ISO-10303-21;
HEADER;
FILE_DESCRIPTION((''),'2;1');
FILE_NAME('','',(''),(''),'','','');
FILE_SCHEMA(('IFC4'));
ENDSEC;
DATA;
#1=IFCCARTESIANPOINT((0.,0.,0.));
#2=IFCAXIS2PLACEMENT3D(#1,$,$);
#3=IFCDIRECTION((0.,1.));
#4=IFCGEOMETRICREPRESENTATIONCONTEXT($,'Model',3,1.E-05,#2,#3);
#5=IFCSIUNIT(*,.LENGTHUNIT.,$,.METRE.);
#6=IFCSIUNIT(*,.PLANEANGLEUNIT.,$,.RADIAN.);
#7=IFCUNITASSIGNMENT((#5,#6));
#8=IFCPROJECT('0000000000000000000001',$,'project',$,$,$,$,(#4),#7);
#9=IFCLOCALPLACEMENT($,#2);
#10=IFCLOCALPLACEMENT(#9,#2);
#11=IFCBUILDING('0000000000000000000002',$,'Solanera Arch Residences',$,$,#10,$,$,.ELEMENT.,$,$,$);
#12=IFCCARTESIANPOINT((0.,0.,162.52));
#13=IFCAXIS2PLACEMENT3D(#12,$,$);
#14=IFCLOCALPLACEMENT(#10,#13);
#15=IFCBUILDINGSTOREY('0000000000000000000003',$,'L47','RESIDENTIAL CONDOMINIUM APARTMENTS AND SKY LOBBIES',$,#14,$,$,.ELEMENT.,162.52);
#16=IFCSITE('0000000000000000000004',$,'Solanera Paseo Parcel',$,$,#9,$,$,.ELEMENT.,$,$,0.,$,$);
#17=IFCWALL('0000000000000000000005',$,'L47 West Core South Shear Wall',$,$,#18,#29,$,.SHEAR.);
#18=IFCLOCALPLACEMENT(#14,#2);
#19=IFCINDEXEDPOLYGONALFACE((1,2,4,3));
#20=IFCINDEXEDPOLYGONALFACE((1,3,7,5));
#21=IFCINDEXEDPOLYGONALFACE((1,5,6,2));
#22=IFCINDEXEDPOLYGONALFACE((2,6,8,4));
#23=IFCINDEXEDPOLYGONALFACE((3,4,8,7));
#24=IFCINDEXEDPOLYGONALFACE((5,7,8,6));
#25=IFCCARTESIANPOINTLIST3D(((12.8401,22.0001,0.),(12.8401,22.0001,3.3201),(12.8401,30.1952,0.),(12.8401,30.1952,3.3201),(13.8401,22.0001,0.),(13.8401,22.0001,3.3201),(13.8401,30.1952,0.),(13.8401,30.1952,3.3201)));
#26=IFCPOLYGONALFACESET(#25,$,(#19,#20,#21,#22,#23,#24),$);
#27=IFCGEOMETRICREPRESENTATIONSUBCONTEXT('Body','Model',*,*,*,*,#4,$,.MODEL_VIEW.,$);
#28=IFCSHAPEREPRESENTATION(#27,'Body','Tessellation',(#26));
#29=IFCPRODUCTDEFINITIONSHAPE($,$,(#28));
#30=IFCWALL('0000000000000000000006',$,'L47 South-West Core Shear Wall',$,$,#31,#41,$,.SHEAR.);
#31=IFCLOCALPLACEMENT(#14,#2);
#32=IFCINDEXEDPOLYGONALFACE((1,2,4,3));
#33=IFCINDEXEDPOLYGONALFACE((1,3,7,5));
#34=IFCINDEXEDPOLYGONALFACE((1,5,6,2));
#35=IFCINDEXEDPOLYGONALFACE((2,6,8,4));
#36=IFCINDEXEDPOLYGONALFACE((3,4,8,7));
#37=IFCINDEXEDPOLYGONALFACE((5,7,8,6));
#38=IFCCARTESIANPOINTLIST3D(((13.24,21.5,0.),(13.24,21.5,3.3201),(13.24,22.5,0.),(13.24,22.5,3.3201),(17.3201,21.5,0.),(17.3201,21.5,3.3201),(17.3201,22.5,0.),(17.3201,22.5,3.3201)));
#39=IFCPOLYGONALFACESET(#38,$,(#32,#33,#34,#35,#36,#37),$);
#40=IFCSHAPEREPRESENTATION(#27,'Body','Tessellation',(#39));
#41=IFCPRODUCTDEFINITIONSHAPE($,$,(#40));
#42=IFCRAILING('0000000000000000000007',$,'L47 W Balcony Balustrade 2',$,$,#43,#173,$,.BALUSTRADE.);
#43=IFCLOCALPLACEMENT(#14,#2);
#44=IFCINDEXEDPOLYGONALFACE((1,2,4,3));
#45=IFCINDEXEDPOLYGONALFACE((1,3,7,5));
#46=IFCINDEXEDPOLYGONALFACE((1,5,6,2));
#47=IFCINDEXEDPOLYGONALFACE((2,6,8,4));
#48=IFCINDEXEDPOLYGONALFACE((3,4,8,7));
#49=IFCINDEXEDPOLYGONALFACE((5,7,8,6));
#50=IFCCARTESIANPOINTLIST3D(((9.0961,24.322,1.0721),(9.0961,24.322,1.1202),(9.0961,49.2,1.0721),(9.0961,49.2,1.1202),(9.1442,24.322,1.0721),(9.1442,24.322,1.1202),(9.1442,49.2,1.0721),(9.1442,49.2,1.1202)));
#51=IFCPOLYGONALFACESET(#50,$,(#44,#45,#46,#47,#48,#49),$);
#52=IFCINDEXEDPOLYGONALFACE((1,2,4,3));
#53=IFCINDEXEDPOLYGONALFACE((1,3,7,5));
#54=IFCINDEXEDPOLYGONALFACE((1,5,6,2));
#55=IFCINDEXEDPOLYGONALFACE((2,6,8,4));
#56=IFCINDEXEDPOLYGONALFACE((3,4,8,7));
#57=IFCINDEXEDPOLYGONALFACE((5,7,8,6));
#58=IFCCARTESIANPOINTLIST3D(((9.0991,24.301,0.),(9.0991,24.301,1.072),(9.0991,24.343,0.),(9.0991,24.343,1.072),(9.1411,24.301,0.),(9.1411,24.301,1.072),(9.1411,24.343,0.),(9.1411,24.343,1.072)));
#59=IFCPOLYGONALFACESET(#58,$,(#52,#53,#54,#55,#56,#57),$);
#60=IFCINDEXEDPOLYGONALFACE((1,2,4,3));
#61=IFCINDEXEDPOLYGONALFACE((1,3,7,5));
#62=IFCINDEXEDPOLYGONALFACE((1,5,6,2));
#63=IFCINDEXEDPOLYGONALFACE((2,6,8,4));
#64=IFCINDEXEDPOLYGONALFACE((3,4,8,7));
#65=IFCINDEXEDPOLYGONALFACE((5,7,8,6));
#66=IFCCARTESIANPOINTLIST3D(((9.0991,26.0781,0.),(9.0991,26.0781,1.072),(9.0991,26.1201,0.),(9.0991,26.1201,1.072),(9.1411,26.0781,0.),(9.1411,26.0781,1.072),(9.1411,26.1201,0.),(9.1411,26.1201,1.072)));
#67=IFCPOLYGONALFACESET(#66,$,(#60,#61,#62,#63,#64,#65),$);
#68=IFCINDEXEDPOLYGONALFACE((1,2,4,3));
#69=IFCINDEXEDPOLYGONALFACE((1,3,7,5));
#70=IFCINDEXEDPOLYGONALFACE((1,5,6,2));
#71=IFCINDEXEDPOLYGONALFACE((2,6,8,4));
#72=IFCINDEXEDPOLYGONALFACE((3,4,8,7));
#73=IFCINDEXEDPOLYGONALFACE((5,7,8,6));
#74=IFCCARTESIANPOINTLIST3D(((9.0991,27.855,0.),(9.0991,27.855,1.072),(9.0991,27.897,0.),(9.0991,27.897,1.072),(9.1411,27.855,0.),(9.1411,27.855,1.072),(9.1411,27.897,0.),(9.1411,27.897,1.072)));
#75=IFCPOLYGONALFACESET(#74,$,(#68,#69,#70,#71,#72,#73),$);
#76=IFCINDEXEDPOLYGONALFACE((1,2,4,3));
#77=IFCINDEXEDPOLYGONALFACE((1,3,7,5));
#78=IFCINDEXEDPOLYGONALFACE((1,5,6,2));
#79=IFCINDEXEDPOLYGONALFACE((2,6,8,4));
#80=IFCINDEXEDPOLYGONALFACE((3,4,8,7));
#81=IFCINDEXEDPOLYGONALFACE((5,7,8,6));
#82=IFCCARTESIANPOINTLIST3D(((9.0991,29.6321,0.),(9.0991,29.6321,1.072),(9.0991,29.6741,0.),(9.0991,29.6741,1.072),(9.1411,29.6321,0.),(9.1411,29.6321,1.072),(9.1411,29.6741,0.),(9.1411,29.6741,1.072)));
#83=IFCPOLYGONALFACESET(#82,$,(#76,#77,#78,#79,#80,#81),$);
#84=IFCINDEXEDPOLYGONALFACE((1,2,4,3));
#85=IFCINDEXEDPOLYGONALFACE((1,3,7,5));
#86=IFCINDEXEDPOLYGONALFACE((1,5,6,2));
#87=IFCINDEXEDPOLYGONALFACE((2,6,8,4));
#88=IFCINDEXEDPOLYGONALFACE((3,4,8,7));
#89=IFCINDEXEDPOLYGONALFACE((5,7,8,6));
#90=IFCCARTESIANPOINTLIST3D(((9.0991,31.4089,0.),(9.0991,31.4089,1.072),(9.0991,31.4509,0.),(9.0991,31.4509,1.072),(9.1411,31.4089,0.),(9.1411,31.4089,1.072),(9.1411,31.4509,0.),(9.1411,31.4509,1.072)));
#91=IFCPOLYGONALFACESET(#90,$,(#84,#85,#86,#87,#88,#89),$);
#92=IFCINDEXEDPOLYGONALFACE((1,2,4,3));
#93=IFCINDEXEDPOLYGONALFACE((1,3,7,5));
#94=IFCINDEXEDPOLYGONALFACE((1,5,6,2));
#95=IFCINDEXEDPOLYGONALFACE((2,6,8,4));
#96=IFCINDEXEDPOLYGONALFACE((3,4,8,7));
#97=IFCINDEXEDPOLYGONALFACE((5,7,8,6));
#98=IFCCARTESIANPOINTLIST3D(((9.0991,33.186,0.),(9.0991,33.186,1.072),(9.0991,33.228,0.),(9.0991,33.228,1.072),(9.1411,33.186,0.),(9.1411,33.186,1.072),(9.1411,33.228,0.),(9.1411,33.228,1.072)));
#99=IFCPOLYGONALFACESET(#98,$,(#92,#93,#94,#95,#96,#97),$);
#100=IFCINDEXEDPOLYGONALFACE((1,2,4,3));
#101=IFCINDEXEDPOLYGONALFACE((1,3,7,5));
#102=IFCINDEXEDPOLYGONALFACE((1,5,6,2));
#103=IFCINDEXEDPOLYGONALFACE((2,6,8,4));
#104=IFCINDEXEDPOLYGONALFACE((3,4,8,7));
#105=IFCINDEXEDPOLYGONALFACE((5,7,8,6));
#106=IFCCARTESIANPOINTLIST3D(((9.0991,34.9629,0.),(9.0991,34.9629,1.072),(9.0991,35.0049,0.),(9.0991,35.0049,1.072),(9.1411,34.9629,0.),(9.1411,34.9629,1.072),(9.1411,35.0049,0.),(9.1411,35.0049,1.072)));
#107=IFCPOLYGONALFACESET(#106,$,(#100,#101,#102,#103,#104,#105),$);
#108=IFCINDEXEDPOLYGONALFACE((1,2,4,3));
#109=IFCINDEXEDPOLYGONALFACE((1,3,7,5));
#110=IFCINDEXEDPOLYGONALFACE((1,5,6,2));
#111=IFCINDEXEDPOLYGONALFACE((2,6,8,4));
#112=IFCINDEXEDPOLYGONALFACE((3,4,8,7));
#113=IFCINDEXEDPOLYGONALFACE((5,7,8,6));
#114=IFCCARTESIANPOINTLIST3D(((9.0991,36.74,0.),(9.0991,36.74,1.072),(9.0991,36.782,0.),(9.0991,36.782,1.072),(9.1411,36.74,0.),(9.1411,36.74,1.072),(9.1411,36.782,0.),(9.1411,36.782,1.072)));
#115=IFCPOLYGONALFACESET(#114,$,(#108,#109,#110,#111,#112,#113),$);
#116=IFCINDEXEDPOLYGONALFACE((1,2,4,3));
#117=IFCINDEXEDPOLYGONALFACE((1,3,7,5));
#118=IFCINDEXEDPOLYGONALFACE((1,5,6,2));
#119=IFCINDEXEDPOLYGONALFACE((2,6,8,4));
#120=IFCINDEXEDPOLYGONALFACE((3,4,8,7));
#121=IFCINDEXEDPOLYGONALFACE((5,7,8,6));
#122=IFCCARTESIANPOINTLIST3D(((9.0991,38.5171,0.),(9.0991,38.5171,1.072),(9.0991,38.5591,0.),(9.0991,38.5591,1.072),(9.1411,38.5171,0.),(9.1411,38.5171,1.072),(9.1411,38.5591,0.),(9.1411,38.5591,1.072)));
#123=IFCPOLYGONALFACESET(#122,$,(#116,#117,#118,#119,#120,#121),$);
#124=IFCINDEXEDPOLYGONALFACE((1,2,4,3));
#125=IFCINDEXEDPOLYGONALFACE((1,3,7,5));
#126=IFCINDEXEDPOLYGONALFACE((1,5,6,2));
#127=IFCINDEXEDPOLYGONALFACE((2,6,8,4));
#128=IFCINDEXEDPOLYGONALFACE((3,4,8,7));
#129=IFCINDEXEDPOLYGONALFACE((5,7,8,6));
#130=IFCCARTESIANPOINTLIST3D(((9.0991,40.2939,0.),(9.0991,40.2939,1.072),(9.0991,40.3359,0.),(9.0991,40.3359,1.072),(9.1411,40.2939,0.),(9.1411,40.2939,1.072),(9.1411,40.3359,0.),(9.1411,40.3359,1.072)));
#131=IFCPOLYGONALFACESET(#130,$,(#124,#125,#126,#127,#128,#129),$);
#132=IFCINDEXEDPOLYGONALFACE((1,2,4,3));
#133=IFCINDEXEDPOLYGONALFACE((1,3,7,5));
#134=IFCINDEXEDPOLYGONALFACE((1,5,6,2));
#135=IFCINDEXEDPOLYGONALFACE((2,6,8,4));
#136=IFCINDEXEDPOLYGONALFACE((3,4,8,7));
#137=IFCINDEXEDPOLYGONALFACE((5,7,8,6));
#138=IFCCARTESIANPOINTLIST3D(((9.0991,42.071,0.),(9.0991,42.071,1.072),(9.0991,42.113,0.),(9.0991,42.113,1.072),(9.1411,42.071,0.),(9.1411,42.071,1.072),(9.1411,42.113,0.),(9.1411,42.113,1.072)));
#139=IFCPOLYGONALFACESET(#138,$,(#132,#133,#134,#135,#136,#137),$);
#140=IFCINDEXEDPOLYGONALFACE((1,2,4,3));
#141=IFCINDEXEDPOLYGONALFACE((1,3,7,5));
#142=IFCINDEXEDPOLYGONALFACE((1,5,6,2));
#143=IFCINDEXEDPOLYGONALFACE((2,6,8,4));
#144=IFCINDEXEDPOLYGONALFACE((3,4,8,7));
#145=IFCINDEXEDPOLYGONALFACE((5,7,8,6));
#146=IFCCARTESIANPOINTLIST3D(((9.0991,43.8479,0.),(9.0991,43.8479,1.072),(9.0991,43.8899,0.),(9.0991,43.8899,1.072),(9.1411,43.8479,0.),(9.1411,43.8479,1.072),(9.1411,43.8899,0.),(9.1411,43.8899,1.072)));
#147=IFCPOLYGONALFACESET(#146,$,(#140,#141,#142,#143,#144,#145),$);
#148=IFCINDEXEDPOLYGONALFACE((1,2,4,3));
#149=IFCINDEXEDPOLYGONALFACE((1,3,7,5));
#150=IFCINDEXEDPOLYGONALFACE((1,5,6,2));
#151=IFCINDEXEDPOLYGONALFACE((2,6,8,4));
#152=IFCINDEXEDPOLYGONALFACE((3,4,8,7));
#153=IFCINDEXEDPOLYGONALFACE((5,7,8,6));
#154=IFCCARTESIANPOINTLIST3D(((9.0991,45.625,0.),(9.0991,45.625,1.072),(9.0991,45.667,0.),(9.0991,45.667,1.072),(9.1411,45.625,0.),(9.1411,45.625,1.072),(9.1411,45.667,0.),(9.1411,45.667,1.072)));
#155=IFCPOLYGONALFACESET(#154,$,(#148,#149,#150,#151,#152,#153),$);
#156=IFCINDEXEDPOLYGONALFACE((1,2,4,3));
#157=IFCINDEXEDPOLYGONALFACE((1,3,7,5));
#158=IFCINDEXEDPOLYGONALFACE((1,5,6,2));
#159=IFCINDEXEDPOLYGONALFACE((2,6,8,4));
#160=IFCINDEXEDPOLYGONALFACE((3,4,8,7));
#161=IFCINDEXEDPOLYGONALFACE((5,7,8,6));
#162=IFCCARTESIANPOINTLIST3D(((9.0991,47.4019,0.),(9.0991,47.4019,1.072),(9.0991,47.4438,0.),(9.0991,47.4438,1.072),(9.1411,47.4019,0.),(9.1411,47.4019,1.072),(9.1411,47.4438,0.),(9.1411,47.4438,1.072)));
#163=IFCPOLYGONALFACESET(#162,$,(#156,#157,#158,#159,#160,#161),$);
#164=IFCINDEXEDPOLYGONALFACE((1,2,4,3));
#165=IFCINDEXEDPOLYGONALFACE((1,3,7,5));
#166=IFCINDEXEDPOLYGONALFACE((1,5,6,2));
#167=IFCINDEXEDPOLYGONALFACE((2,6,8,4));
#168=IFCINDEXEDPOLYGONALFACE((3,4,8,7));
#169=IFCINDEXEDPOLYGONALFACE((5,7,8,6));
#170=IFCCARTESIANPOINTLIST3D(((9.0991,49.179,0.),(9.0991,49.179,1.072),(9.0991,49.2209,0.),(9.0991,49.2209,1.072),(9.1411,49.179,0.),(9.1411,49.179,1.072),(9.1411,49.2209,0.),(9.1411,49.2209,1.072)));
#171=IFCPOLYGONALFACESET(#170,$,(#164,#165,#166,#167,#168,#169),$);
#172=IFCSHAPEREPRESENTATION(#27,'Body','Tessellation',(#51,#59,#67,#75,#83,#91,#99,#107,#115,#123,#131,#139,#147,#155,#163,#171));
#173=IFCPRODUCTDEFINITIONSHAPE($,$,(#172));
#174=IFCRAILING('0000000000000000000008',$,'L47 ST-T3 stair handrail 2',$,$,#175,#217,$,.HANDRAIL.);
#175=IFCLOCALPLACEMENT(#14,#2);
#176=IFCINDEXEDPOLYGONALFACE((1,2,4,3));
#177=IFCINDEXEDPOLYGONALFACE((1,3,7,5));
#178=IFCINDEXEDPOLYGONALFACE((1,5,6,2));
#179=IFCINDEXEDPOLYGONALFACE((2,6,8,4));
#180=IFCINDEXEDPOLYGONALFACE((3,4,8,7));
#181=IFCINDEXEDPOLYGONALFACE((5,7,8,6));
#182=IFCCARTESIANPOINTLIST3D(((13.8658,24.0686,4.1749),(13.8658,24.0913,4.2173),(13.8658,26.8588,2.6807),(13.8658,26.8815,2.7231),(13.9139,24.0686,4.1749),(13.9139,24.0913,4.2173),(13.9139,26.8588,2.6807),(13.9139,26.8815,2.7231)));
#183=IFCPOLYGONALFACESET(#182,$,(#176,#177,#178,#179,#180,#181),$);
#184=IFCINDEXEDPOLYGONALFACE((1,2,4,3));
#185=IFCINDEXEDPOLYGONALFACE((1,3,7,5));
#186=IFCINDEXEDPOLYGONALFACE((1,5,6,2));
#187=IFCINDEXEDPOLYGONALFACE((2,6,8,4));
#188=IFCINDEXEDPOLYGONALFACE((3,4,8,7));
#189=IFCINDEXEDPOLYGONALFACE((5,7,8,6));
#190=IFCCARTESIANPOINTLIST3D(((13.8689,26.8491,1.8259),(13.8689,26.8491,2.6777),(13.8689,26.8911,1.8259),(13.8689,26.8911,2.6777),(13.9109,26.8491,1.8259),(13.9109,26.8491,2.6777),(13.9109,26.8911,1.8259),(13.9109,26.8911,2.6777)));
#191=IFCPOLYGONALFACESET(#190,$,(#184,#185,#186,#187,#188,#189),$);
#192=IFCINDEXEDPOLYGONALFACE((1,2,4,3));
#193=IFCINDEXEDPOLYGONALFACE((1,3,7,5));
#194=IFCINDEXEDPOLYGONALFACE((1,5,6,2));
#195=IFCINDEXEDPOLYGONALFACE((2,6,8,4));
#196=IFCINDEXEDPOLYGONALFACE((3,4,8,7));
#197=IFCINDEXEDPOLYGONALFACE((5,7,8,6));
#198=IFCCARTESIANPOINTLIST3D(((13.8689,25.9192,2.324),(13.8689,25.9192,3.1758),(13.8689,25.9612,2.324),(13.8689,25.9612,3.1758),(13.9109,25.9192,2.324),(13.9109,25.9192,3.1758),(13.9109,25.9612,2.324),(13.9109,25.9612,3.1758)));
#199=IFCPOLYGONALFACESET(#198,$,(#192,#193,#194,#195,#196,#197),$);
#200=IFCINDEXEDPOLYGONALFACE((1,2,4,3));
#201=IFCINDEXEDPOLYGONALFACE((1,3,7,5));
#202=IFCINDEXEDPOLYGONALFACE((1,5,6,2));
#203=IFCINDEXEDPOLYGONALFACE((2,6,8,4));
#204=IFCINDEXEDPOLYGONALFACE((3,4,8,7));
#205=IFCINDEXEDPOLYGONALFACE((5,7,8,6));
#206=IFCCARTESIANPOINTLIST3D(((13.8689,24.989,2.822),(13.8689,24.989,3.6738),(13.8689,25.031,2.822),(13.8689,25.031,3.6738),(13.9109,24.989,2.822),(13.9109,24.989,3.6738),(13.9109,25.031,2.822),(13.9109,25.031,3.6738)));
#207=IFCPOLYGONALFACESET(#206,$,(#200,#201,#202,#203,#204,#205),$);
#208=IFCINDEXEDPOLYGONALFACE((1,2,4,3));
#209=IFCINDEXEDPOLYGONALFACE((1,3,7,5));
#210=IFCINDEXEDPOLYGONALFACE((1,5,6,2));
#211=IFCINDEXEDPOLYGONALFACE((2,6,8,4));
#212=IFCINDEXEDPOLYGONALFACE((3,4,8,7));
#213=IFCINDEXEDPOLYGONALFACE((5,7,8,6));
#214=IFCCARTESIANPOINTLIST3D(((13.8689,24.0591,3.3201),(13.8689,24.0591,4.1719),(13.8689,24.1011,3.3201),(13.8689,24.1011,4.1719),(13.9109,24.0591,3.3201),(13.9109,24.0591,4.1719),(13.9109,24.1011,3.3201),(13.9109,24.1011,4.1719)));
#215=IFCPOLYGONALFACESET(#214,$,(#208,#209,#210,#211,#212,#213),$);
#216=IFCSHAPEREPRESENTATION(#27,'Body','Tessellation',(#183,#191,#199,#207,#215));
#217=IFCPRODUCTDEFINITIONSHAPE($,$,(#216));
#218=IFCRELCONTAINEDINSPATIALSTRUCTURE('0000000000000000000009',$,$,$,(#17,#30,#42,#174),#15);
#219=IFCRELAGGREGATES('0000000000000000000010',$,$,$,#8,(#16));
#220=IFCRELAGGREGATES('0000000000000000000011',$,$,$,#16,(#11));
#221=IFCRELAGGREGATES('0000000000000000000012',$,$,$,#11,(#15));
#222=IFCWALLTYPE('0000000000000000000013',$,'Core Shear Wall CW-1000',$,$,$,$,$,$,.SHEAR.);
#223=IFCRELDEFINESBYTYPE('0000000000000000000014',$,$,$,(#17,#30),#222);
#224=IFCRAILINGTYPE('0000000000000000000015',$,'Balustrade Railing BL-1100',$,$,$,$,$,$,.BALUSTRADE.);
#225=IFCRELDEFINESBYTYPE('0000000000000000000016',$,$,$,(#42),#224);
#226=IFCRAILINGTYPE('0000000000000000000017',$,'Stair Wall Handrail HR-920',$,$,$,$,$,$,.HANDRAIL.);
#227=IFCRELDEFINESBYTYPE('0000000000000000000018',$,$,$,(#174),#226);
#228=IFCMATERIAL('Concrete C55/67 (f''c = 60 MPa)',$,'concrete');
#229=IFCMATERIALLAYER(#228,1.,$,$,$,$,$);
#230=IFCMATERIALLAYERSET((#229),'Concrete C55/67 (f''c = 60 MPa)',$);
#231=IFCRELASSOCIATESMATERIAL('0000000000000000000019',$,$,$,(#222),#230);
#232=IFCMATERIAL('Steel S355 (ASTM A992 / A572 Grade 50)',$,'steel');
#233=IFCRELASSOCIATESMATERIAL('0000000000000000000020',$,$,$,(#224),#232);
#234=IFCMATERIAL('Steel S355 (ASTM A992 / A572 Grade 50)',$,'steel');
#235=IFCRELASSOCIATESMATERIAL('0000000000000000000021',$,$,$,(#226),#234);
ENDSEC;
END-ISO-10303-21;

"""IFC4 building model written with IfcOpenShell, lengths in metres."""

from ifc_helpers import new_model, si_unit, direction, frame, frame_2d, origin, origin_2d, place, context, subcontext, project, spatial, rectangle, extrude, material, layer, layer_set, type_object, element, save


model = new_model("IFC4")

# Units and contexts
model_context = context("Model", 3, precision=1e-05, world=origin(), true_north=direction((0.0, 1.0)))
body_context = subcontext(model_context, "Body", "Model", "MODEL_VIEW")
ifc_project = project(units=[si_unit("LENGTHUNIT", "METRE"), si_unit("PLANEANGLEUNIT", "RADIAN")], contexts=[model_context])

# Site, building, storey
site_placement = place(None, origin())
site = spatial("IfcSite", under=ifc_project, at=site_placement, Name="Solanera Paseo Parcel", CompositionType="ELEMENT", RefElevation=0.0)
building_placement = place(site_placement, origin())
building = spatial("IfcBuilding", under=site, at=building_placement, Name="Solanera Arch Residences", CompositionType="ELEMENT")
storey_placement = place(building_placement, frame((0.0, 0.0, 162.52)))
storey = spatial("IfcBuildingStorey", under=building, at=storey_placement, Name="L47", Description="RESIDENTIAL CONDOMINIUM APARTMENTS AND SKY LOBBIES", CompositionType="ELEMENT", Elevation=162.52)

# Walls
ifc_material_1 = material(Name="Concrete C55/67 (f'c = 60 MPa)", Category="concrete")
ifc_layer_1 = layer(ifc_material_1, 1.0)
ifc_layer_set_1 = layer_set([ifc_layer_1], Name="Concrete C55/67 (f'c = 60 MPa)")
wall_type_1 = type_object("IfcWallType", Name="Core Shear Wall CW-1000", PredefinedType="SHEAR", material=ifc_layer_set_1)
wall_1_placement = place(storey_placement, frame((13.3401, 22.0, 0.0), z_axis=(0.0, 0.0, 1.0), x_axis=(0.0, 1.0, 0.0)))
element("IfcWall", 1, at=wall_1_placement, inside=storey, type_object=wall_type_1, Name="L47 West Core South Shear Wall", PredefinedType="SHEAR", context=body_context, shape_type="SweptSolid", body=[
    extrude(rectangle(XDim=8.1951, YDim=1.0, at=frame_2d((4.0977, 0.0))), origin(), (0.0, 0.0, 1.0), 3.3201),
])
wall_2_placement = place(storey_placement, frame((13.24, 22.0, 0.0), z_axis=(0.0, 0.0, 1.0), x_axis=(1.0, 0.0, 0.0)))
element("IfcWall", 2, at=wall_2_placement, inside=storey, type_object=wall_type_1, Name="L47 South-West Core Shear Wall", PredefinedType="SHEAR", context=body_context, shape_type="SweptSolid", body=[
    extrude(rectangle(XDim=4.0801, YDim=1.0, at=frame_2d((2.04, 0.0))), origin(), (0.0, 0.0, 1.0), 3.3201),
])

# Railings
ifc_material_2 = material(Name="Steel S355 (ASTM A992 / A572 Grade 50)", Category="steel")
railing_type_1 = type_object("IfcRailingType", Name="Balustrade Railing BL-1100", PredefinedType="BALUSTRADE", material=ifc_material_2)
railing_1_placement = place(storey_placement, frame((9.1201, 24.322, 0.0)))
element("IfcRailing", 3, at=railing_1_placement, inside=storey, type_object=railing_type_1, Name="L47 W Balcony Balustrade 2", PredefinedType="BALUSTRADE", context=body_context, shape_type="SweptSolid", body=[
    extrude(rectangle(XDim=0.0481, YDim=0.0481, at=origin_2d()), frame((0.0, 0.0, 1.0962), z_axis=(0.0, 1.0, 0.0), x_axis=(-1.0, 0.0, 0.0)), (0.0, 0.0, 1.0), 24.8779),
    extrude(rectangle(XDim=0.042, YDim=0.042, at=origin_2d()), origin(), (0.0, 0.0, 1.0), 1.072),
    extrude(rectangle(XDim=0.042, YDim=0.042, at=origin_2d()), frame((0.0, 1.7771, 0.0)), (0.0, 0.0, 1.0), 1.072),
    extrude(rectangle(XDim=0.042, YDim=0.042, at=origin_2d()), frame((0.0, 3.554, 0.0)), (0.0, 0.0, 1.0), 1.072),
    extrude(rectangle(XDim=0.042, YDim=0.042, at=origin_2d()), frame((0.0, 5.3311, 0.0)), (0.0, 0.0, 1.0), 1.072),
    extrude(rectangle(XDim=0.042, YDim=0.042, at=origin_2d()), frame((0.0, 7.1079, 0.0)), (0.0, 0.0, 1.0), 1.072),
    extrude(rectangle(XDim=0.042, YDim=0.042, at=origin_2d()), frame((0.0, 8.885, 0.0)), (0.0, 0.0, 1.0), 1.072),
    extrude(rectangle(XDim=0.042, YDim=0.042, at=origin_2d()), frame((0.0, 10.6619, 0.0)), (0.0, 0.0, 1.0), 1.072),
    extrude(rectangle(XDim=0.042, YDim=0.042, at=origin_2d()), frame((0.0, 12.439, 0.0)), (0.0, 0.0, 1.0), 1.072),
    extrude(rectangle(XDim=0.042, YDim=0.042, at=origin_2d()), frame((0.0, 14.2161, 0.0)), (0.0, 0.0, 1.0), 1.072),
    extrude(rectangle(XDim=0.042, YDim=0.042, at=origin_2d()), frame((0.0, 15.9929, 0.0)), (0.0, 0.0, 1.0), 1.072),
    extrude(rectangle(XDim=0.042, YDim=0.042, at=origin_2d()), frame((0.0, 17.77, 0.0)), (0.0, 0.0, 1.0), 1.072),
    extrude(rectangle(XDim=0.042, YDim=0.042, at=origin_2d()), frame((0.0, 19.5469, 0.0)), (0.0, 0.0, 1.0), 1.072),
    extrude(rectangle(XDim=0.042, YDim=0.042, at=origin_2d()), frame((0.0, 21.324, 0.0)), (0.0, 0.0, 1.0), 1.072),
    extrude(rectangle(XDim=0.042, YDim=0.042, at=origin_2d()), frame((0.0, 23.1008, 0.0)), (0.0, 0.0, 1.0), 1.072),
    extrude(rectangle(XDim=0.042, YDim=0.042, at=origin_2d()), frame((0.0, 24.8779, 0.0)), (0.0, 0.0, 1.0), 1.072),
])
ifc_material_3 = material(Name="Steel S355 (ASTM A992 / A572 Grade 50)", Category="steel")
railing_type_2 = type_object("IfcRailingType", Name="Stair Wall Handrail HR-920", PredefinedType="HANDRAIL", material=ifc_material_3)
railing_2_placement = place(storey_placement, frame((13.8899, 26.8701, 1.8259)))
element("IfcRailing", 4, at=railing_2_placement, inside=storey, type_object=railing_type_2, Name="L47 ST-T3 stair handrail 2", PredefinedType="HANDRAIL", context=body_context, shape_type="SweptSolid", body=[
    extrude(rectangle(XDim=0.0481, YDim=0.0481, at=origin_2d()), frame((0.0, 0.0, 0.876), z_axis=(0.0, -0.881549, 0.472093), x_axis=(1.0, 0.0, 0.0)), (0.0, 0.0, 1.0), 3.165),
    extrude(rectangle(XDim=0.042, YDim=0.042, at=origin_2d()), origin(), (0.0, 0.0, 1.0), 0.8518),
    extrude(rectangle(XDim=0.042, YDim=0.042, at=origin_2d()), frame((0.0, -0.9299, 0.498)), (0.0, 0.0, 1.0), 0.8518),
    extrude(rectangle(XDim=0.042, YDim=0.042, at=origin_2d()), frame((0.0, -1.8601, 0.9961)), (0.0, 0.0, 1.0), 0.8518),
    extrude(rectangle(XDim=0.042, YDim=0.042, at=origin_2d()), frame((0.0, -2.79, 1.4941)), (0.0, 0.0, 1.0), 0.8518),
])

save(model, "model.ifc")
